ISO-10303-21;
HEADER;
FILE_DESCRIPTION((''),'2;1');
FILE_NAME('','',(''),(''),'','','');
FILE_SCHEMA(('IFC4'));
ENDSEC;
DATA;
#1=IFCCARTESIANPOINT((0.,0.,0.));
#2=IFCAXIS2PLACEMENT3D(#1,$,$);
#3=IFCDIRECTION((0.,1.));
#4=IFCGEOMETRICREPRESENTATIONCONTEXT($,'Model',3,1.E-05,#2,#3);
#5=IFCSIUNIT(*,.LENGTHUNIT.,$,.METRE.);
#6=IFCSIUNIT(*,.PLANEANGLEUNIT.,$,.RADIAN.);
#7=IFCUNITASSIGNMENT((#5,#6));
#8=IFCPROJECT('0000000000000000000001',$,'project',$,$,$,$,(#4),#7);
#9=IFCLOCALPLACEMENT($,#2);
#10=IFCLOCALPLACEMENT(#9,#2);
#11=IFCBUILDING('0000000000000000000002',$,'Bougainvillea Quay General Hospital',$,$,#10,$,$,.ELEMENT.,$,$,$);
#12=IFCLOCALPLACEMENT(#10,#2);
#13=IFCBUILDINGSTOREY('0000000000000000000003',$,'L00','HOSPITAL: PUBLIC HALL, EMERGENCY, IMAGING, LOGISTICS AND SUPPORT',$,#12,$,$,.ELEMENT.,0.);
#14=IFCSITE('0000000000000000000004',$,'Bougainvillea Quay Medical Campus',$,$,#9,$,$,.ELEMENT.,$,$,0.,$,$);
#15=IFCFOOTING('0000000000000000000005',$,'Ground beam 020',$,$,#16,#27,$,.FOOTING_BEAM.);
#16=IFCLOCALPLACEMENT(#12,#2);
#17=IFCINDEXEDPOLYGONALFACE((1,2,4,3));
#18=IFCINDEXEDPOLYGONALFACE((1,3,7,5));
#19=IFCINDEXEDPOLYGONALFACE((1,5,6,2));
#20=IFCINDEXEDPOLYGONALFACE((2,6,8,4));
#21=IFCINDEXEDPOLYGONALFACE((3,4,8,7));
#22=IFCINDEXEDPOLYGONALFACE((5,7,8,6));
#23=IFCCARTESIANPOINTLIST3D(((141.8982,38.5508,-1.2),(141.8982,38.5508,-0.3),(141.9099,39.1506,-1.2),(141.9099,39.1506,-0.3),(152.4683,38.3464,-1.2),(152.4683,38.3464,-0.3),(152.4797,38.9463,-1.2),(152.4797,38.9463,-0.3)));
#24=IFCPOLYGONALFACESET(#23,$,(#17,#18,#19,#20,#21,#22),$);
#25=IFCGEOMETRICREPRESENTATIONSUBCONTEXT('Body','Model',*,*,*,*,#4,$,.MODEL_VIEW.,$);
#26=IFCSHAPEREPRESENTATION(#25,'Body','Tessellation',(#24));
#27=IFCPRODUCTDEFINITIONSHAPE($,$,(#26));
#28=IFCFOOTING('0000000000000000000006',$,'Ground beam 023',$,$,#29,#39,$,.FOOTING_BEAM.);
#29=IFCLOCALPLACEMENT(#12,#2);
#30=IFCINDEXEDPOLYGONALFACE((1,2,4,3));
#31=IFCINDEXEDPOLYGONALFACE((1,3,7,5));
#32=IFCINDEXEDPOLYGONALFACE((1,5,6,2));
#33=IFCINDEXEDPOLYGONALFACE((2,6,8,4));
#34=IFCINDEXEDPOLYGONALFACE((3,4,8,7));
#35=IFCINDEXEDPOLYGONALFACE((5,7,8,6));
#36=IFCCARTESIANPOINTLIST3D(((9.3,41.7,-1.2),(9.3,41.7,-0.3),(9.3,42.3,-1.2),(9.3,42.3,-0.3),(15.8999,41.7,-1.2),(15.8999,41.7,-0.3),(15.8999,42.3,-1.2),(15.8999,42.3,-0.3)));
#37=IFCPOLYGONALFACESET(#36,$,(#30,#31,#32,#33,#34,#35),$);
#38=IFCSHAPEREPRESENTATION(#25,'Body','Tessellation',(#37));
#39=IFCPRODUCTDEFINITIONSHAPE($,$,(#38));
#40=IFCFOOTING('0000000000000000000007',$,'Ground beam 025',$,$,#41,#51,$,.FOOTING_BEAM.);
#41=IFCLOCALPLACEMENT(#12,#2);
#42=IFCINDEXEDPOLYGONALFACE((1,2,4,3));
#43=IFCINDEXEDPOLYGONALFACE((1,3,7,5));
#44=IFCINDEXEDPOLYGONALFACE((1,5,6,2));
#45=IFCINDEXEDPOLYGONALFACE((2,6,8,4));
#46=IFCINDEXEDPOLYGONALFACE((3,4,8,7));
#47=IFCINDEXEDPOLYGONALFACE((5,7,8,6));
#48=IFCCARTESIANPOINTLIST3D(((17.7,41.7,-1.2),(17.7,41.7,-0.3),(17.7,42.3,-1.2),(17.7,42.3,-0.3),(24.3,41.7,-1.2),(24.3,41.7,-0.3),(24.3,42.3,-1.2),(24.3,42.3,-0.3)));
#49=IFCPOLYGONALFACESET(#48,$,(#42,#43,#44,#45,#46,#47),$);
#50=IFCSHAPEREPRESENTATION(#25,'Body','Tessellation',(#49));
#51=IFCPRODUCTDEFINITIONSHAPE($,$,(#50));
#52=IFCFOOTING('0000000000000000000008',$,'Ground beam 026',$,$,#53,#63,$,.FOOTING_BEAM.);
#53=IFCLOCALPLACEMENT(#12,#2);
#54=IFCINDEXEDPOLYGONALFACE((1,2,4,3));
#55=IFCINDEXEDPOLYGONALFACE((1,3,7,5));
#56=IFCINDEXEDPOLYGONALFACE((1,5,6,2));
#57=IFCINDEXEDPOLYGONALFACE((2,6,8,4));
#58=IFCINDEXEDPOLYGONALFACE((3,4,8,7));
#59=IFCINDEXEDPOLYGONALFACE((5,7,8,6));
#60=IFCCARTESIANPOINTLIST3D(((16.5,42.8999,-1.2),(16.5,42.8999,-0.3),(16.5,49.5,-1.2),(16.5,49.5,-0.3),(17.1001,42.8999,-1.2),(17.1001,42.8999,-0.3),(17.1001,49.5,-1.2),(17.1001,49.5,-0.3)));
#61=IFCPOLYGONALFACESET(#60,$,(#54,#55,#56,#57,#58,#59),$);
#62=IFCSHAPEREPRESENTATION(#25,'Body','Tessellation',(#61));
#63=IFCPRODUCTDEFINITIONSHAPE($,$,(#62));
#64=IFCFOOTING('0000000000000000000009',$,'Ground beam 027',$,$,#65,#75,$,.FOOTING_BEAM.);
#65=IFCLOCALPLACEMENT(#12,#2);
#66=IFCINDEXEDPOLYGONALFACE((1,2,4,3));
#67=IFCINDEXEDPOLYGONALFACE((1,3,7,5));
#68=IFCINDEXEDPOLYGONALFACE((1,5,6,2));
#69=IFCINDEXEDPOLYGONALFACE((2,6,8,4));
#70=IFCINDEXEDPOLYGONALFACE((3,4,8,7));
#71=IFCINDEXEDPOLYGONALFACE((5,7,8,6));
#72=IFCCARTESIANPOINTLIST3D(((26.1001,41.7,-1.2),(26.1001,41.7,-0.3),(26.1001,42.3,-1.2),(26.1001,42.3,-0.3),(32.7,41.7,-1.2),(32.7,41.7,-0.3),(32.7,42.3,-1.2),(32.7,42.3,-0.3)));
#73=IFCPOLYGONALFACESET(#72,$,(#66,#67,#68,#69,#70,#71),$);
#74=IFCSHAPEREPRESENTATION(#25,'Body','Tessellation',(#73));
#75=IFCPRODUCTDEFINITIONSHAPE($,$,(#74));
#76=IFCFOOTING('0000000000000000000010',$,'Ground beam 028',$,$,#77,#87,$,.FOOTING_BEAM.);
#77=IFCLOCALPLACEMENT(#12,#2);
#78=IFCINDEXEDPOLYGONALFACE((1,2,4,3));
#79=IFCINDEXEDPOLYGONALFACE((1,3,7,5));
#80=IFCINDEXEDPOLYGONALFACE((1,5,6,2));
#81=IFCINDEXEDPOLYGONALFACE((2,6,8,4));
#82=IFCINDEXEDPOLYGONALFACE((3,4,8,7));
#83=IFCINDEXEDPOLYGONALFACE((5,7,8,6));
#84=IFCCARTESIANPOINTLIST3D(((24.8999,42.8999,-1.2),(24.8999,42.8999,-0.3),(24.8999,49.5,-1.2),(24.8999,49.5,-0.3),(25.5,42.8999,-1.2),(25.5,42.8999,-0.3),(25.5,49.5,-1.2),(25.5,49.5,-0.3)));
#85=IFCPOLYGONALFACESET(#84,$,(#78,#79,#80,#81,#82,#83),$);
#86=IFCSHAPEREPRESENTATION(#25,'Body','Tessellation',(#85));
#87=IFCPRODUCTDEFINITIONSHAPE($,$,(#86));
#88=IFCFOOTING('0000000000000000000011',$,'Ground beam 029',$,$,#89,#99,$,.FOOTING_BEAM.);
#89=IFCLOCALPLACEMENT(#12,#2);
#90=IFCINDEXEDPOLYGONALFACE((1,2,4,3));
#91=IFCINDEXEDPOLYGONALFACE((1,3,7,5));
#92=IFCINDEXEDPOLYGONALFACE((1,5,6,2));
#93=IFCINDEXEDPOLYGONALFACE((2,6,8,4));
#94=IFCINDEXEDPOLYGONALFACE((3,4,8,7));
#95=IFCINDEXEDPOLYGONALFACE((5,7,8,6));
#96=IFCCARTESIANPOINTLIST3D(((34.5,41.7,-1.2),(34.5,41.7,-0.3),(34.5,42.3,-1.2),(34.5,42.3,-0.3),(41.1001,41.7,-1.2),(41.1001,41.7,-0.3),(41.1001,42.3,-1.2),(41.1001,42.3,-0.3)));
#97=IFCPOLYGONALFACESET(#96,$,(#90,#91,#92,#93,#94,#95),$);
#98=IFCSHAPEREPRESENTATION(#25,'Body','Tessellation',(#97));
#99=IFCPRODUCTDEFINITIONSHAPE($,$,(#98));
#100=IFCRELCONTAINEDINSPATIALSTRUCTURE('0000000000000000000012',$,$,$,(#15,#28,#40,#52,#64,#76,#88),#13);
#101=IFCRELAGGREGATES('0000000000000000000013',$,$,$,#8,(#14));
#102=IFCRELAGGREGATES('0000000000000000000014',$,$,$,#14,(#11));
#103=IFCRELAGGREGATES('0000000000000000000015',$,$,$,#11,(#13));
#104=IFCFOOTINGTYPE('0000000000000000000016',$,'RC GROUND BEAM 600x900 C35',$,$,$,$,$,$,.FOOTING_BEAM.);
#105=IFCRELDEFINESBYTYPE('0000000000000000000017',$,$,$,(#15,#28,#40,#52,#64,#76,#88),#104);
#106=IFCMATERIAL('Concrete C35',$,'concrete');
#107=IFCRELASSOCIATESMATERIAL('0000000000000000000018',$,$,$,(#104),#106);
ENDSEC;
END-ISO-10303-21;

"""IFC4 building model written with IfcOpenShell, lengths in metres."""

from ifc_helpers import new_model, si_unit, direction, frame, origin, origin_2d, place, context, subcontext, project, spatial, polyline, rectangle, outline, extrude, material, material_profile, profile_set, type_object, element, save


model = new_model("IFC4")

# Units and contexts
model_context = context("Model", 3, precision=1e-05, world=origin(), true_north=direction((0.0, 1.0)))
body_context = subcontext(model_context, "Body", "Model", "MODEL_VIEW")
ifc_project = project(units=[si_unit("LENGTHUNIT", "METRE"), si_unit("PLANEANGLEUNIT", "RADIAN")], contexts=[model_context])

# Site, building, storey
site_placement = place(None, origin())
site = spatial("IfcSite", under=ifc_project, at=site_placement, Name="Bougainvillea Quay Medical Campus", CompositionType="ELEMENT", RefElevation=0.0)
building_placement = place(site_placement, origin())
building = spatial("IfcBuilding", under=site, at=building_placement, Name="Bougainvillea Quay General Hospital", CompositionType="ELEMENT")
storey_placement = place(building_placement, origin())
storey = spatial("IfcBuildingStorey", under=building, at=storey_placement, Name="L00", Description="HOSPITAL: PUBLIC HALL, EMERGENCY, IMAGING, LOGISTICS AND SUPPORT", CompositionType="ELEMENT", Elevation=0.0)

# Footings
ifc_material = material(Name="Concrete C35", Category="concrete")
ifc_material_profile = material_profile(ifc_material, rectangle(XDim=0.6001, YDim=0.8999, at=origin_2d()))
ifc_profile_set = profile_set([ifc_material_profile], Name="Concrete C35")
footing_type_1 = type_object("IfcFootingType", Name="RC GROUND BEAM 600x900 C35", PredefinedType="FOOTING_BEAM", material=ifc_profile_set)
footing_1_placement = place(storey_placement, frame((0.0, 0.0, -1.2)))
element("IfcFooting", 1, at=footing_1_placement, inside=storey, type_object=footing_type_1, Name="Ground beam 020", PredefinedType="FOOTING_BEAM", context=body_context, shape_type="SweptSolid", body=[
    extrude(outline(polyline([(141.9099, 39.1506), (152.4797, 38.9463), (152.4683, 38.3464), (141.8982, 38.5508), (141.9099, 39.1506)])), origin(), (0.0, 0.0, 1.0), 0.8999),
])
footing_2_placement = place(storey_placement, frame((0.0, 0.0, -1.2)))
element("IfcFooting", 2, at=footing_2_placement, inside=storey, type_object=footing_type_1, Name="Ground beam 023", PredefinedType="FOOTING_BEAM", context=body_context, shape_type="SweptSolid", body=[
    extrude(outline(polyline([(9.3, 42.3), (15.8999, 42.3), (15.8999, 41.7), (9.3, 41.7), (9.3, 42.3)])), origin(), (0.0, 0.0, 1.0), 0.8999),
])
footing_3_placement = place(storey_placement, frame((0.0, 0.0, -1.2)))
element("IfcFooting", 3, at=footing_3_placement, inside=storey, type_object=footing_type_1, Name="Ground beam 025", PredefinedType="FOOTING_BEAM", context=body_context, shape_type="SweptSolid", body=[
    extrude(outline(polyline([(17.7, 42.3), (24.3, 42.3), (24.3, 41.7), (17.7, 41.7), (17.7, 42.3)])), origin(), (0.0, 0.0, 1.0), 0.8999),
])
footing_4_placement = place(storey_placement, frame((0.0, 0.0, -1.2)))
element("IfcFooting", 4, at=footing_4_placement, inside=storey, type_object=footing_type_1, Name="Ground beam 026", PredefinedType="FOOTING_BEAM", context=body_context, shape_type="SweptSolid", body=[
    extrude(outline(polyline([(16.5, 42.8999), (16.5, 49.5), (17.1001, 49.5), (17.1001, 42.8999), (16.5, 42.8999)])), origin(), (0.0, 0.0, 1.0), 0.8999),
])
footing_5_placement = place(storey_placement, frame((0.0, 0.0, -1.2)))
element("IfcFooting", 5, at=footing_5_placement, inside=storey, type_object=footing_type_1, Name="Ground beam 027", PredefinedType="FOOTING_BEAM", context=body_context, shape_type="SweptSolid", body=[
    extrude(outline(polyline([(26.1001, 42.3), (32.7, 42.3), (32.7, 41.7), (26.1001, 41.7), (26.1001, 42.3)])), origin(), (0.0, 0.0, 1.0), 0.8999),
])
footing_6_placement = place(storey_placement, frame((0.0, 0.0, -1.2)))
element("IfcFooting", 6, at=footing_6_placement, inside=storey, type_object=footing_type_1, Name="Ground beam 028", PredefinedType="FOOTING_BEAM", context=body_context, shape_type="SweptSolid", body=[
    extrude(outline(polyline([(24.8999, 42.8999), (24.8999, 49.5), (25.5, 49.5), (25.5, 42.8999), (24.8999, 42.8999)])), origin(), (0.0, 0.0, 1.0), 0.8999),
])
footing_7_placement = place(storey_placement, frame((0.0, 0.0, -1.2)))
element("IfcFooting", 7, at=footing_7_placement, inside=storey, type_object=footing_type_1, Name="Ground beam 029", PredefinedType="FOOTING_BEAM", context=body_context, shape_type="SweptSolid", body=[
    extrude(outline(polyline([(34.5, 42.3), (41.1001, 42.3), (41.1001, 41.7), (34.5, 41.7), (34.5, 42.3)])), origin(), (0.0, 0.0, 1.0), 0.8999),
])

save(model, "model.ifc")
